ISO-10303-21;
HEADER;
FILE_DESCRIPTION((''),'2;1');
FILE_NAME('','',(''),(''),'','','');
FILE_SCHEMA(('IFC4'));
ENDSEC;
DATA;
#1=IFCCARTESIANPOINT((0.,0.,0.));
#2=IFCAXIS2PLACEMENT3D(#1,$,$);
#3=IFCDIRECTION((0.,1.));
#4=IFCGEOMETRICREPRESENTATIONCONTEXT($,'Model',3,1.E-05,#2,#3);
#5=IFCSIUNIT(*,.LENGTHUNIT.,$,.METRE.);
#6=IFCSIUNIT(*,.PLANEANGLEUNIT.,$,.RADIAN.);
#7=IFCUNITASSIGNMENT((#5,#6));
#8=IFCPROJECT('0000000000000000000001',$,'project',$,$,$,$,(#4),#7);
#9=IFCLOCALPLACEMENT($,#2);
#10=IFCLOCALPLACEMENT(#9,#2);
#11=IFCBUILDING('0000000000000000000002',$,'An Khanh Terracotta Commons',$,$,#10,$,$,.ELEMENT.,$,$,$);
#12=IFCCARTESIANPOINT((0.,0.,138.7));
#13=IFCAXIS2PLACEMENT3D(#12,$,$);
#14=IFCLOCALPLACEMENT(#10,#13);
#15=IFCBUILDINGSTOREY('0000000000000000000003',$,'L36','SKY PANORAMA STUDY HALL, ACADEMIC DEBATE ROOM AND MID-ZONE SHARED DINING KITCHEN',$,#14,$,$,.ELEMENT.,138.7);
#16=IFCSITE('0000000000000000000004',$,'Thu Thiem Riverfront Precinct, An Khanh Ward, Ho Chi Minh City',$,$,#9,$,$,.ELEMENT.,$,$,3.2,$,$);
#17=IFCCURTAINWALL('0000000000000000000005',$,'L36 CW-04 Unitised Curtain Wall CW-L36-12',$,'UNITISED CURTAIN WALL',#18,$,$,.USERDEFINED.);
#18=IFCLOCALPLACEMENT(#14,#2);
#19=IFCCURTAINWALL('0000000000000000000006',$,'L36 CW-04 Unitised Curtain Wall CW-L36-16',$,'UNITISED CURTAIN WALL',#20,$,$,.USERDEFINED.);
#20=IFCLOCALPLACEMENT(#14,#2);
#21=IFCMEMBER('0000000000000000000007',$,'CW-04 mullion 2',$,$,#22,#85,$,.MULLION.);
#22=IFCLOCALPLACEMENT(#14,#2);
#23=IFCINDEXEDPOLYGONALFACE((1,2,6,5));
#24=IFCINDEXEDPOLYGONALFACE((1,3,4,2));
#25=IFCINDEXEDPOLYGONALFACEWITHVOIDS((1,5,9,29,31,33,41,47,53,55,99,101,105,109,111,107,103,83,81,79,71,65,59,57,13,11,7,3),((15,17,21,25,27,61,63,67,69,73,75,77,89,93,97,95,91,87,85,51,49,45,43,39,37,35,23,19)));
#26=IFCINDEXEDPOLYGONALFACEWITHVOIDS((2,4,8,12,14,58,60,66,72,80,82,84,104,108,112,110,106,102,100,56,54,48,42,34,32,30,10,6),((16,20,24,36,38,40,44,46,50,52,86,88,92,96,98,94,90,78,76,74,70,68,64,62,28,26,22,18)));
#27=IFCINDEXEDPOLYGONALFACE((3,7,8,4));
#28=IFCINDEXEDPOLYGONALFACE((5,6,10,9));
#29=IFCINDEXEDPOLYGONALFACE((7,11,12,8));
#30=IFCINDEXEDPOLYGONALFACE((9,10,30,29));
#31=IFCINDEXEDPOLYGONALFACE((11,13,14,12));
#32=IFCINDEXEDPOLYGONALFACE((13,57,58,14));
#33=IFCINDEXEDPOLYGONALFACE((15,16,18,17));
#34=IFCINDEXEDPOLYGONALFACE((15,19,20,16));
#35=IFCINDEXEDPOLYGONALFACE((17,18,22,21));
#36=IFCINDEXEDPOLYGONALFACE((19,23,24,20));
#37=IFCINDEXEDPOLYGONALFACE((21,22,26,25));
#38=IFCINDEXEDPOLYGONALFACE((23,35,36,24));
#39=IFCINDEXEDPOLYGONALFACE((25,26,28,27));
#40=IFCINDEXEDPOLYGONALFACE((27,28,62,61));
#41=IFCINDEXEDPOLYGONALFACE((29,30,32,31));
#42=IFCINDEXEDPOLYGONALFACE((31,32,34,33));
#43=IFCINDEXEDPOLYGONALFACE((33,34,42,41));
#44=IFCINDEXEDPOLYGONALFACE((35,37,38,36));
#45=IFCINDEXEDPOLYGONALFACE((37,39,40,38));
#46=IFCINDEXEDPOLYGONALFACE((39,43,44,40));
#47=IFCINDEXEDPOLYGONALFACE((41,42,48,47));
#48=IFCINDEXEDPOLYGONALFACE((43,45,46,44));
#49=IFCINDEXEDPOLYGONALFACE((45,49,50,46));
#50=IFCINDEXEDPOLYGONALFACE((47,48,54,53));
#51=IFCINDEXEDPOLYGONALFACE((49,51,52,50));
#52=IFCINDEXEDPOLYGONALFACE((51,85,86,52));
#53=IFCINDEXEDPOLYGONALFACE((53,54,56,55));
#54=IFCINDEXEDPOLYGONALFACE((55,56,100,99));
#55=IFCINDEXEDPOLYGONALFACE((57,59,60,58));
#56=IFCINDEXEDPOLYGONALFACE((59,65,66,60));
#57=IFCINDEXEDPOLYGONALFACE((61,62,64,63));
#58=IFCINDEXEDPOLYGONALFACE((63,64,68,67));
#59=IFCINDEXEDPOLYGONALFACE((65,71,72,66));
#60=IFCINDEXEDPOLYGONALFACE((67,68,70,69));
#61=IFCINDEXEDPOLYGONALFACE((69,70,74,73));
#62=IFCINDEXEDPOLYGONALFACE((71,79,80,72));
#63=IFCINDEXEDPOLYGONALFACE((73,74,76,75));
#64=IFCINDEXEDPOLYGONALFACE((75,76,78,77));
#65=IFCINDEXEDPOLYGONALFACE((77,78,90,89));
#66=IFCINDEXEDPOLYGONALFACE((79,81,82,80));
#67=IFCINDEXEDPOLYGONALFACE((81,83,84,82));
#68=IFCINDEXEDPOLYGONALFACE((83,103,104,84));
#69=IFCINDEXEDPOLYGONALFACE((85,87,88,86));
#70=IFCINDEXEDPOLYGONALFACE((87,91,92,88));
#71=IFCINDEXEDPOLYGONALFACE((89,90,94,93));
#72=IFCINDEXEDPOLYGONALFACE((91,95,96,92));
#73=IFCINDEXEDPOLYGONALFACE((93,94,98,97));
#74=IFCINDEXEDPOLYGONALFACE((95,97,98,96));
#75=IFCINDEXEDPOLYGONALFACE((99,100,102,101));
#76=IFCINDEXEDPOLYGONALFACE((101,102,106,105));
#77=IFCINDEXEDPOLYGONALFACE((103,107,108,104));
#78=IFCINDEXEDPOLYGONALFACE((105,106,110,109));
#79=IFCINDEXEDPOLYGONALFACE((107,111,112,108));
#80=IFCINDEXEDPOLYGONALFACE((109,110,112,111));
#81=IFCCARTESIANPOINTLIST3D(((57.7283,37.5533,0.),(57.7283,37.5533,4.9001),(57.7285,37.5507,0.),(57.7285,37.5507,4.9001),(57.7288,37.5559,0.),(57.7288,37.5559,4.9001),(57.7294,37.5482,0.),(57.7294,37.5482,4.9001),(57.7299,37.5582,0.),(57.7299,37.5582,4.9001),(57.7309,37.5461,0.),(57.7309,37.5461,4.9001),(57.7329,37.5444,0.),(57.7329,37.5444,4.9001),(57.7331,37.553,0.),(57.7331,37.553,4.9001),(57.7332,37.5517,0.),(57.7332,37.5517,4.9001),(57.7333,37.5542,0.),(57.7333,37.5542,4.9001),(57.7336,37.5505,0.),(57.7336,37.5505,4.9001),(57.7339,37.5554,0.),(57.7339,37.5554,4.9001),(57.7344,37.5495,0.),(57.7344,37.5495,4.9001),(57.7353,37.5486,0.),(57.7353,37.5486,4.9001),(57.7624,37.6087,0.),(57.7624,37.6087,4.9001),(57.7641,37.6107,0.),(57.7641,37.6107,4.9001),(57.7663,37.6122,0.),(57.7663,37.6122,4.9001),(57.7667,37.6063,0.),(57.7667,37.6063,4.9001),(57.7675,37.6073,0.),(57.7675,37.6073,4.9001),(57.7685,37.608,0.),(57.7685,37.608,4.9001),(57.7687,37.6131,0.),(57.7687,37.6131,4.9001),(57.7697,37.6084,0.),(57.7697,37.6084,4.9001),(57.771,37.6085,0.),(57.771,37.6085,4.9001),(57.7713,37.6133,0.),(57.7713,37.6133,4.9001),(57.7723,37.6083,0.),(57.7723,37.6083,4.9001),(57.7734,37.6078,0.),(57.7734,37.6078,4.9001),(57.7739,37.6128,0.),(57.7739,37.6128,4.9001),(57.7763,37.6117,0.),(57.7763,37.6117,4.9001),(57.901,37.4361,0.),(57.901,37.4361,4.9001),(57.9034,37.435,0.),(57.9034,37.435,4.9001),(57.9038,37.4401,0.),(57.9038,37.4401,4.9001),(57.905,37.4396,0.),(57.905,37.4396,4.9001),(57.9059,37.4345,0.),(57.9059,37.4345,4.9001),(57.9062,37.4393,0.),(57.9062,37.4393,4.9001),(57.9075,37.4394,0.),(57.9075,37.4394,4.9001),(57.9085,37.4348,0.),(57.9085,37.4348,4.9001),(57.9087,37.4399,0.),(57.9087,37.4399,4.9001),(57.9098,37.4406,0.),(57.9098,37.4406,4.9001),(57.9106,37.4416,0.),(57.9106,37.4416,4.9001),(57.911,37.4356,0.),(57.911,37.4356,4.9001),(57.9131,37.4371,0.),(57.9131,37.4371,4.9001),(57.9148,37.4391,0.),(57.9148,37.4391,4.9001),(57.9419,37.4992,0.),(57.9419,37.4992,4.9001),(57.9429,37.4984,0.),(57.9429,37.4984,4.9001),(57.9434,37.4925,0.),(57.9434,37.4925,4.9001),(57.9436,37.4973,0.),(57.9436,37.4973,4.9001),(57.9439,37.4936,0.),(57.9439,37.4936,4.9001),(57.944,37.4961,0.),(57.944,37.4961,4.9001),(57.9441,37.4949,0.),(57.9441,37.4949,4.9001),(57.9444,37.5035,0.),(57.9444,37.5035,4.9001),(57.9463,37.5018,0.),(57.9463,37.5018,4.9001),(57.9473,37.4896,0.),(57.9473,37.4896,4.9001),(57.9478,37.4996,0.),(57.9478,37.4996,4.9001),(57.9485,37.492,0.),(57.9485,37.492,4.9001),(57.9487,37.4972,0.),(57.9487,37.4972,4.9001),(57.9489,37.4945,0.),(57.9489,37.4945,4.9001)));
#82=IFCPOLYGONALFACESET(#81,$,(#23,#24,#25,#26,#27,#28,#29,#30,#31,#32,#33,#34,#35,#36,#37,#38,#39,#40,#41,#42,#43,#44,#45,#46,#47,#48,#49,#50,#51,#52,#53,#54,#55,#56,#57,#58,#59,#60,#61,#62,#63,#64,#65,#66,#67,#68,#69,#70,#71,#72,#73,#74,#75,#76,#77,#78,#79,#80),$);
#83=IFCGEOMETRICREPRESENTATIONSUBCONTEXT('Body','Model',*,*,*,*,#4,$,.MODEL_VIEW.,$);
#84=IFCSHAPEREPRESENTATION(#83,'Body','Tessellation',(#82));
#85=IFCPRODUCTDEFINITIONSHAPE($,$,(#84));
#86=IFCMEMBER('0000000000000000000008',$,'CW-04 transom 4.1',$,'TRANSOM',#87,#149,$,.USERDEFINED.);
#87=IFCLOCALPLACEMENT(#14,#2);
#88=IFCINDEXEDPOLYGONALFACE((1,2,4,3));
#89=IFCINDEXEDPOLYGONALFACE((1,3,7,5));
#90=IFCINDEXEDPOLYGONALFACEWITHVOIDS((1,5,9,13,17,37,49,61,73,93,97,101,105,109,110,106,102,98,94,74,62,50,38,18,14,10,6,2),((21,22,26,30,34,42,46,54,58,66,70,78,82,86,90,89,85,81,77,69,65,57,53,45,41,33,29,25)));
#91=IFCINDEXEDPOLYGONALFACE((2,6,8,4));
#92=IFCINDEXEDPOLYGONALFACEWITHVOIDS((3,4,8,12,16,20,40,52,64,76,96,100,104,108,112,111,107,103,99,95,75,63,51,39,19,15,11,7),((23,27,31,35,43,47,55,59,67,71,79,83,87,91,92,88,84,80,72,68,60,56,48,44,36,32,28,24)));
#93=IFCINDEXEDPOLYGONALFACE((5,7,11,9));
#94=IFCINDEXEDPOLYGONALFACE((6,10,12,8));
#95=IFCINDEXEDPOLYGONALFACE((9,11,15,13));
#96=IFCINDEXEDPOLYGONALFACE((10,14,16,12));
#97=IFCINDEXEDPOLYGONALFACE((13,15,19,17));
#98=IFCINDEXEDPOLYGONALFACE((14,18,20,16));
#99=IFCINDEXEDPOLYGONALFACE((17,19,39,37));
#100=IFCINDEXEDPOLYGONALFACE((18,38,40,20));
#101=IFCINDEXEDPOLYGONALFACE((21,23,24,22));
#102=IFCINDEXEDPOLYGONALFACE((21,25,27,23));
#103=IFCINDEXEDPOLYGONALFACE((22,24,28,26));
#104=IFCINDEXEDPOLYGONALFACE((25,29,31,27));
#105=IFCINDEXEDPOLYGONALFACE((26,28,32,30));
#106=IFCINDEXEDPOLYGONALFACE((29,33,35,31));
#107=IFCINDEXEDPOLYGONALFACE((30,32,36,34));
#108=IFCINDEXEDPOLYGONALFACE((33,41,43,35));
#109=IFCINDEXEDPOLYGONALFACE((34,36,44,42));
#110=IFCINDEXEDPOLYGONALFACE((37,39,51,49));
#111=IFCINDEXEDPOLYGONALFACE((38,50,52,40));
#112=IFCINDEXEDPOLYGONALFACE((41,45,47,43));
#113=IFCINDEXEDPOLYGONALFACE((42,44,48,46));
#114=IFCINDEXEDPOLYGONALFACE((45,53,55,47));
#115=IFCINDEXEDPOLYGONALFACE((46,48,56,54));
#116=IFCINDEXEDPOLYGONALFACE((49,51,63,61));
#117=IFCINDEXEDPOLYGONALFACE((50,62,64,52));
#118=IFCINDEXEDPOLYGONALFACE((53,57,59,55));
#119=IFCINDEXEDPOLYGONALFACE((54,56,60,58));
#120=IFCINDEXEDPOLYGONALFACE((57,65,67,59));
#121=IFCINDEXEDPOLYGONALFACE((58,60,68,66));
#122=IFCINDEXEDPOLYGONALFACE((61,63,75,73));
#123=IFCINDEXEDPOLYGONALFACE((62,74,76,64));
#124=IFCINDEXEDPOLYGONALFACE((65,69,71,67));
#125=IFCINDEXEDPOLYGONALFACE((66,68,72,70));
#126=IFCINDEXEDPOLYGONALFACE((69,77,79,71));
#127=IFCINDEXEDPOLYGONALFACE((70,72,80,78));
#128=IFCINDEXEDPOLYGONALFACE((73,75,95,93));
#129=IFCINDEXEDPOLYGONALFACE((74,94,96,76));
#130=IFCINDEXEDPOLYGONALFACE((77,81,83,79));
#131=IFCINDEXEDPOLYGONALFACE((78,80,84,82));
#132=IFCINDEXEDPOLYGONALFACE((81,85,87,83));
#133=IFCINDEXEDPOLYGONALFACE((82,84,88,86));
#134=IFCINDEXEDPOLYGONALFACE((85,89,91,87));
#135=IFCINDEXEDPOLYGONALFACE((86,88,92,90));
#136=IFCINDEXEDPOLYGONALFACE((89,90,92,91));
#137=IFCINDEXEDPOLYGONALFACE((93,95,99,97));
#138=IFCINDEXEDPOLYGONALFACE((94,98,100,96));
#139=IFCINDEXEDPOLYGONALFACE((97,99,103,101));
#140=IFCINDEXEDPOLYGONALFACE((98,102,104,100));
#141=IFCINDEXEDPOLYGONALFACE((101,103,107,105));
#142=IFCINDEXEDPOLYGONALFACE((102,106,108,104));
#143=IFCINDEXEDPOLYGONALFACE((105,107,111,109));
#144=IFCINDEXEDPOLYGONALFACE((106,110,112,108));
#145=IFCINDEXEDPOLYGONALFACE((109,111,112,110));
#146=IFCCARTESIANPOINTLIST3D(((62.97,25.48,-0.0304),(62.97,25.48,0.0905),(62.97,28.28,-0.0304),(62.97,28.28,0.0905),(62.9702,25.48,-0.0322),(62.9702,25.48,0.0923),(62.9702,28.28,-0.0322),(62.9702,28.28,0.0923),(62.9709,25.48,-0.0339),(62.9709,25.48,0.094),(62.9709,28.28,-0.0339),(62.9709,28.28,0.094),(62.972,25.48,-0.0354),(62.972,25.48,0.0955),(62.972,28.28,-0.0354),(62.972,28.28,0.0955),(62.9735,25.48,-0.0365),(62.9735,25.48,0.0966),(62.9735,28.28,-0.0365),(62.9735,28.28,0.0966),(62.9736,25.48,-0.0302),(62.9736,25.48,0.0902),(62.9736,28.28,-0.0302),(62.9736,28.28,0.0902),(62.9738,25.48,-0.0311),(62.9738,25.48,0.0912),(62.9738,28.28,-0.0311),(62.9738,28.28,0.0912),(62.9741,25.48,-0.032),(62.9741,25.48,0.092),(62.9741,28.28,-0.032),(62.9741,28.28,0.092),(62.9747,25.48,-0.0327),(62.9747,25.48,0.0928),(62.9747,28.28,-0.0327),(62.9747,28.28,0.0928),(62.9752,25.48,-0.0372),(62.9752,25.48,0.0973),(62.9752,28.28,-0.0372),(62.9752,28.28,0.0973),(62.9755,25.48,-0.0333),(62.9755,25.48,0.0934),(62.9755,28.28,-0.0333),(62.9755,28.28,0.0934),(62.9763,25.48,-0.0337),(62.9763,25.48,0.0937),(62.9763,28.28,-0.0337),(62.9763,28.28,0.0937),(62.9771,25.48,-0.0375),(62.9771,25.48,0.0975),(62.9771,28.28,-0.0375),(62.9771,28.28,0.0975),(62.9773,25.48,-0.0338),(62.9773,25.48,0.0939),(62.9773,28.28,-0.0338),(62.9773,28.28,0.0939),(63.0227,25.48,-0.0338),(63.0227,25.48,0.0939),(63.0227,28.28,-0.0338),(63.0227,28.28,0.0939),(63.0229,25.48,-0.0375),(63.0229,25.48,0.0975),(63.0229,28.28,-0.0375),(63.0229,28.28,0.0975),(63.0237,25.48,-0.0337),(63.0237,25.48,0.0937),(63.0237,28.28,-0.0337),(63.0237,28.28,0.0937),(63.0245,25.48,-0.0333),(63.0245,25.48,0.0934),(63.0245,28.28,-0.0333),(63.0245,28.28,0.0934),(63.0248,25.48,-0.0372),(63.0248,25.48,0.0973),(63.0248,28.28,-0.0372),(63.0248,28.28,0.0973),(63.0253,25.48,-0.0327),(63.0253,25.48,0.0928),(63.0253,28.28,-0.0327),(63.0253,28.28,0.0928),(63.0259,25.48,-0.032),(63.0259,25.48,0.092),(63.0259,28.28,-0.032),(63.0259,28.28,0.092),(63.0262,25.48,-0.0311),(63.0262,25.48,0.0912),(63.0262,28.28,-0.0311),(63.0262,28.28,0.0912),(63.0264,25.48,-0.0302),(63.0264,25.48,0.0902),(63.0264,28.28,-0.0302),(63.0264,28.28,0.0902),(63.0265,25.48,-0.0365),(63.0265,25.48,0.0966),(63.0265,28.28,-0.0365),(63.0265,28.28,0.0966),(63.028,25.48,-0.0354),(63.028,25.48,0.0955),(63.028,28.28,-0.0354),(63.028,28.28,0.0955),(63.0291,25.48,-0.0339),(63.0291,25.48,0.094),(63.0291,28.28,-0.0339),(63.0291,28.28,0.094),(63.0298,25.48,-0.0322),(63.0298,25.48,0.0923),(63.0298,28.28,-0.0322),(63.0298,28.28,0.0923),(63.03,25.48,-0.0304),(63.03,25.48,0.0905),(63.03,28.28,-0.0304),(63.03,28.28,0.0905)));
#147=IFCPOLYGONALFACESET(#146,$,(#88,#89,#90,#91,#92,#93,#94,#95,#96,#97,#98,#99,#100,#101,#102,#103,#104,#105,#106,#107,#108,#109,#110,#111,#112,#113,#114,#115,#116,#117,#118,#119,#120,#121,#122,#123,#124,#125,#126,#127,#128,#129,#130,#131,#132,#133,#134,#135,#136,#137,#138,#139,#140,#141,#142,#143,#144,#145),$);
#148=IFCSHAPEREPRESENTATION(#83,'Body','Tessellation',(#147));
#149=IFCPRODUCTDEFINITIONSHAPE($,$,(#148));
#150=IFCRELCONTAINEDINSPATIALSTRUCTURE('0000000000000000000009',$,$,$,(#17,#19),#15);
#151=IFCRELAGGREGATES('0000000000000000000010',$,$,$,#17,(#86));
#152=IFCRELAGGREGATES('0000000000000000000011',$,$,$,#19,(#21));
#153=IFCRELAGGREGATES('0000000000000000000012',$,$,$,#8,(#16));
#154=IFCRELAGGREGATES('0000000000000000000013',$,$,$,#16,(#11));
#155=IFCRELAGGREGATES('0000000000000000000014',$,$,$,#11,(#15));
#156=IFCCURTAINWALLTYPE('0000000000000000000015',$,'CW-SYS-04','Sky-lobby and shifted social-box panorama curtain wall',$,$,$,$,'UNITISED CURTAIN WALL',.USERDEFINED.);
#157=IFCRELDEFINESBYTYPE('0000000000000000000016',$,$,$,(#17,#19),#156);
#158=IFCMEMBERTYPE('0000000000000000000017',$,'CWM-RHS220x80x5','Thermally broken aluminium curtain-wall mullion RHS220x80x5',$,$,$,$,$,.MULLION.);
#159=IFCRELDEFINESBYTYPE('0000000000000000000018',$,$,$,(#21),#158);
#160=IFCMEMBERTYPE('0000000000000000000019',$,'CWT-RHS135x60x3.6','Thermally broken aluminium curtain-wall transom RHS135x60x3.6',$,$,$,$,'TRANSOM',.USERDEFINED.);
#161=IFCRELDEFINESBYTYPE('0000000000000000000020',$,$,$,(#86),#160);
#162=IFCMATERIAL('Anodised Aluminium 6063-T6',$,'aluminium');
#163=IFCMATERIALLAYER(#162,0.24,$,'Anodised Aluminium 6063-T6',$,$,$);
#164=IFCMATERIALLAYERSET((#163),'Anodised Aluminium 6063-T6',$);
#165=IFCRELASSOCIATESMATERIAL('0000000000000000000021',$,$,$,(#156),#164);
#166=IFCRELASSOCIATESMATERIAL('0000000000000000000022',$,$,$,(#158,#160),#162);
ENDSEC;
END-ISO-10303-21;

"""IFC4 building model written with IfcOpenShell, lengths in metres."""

from ifc_helpers import new_model, si_unit, direction, frame, origin, origin_2d, place, context, subcontext, project, spatial, hollow_rectangle, extrude, material, layer, layer_set, material_profile, profile_set, type_object, element, aggregate, save


model = new_model("IFC4")

# Units and contexts
model_context = context("Model", 3, precision=1e-05, world=origin(), true_north=direction((0.0, 1.0)))
body_context = subcontext(model_context, "Body", "Model", "MODEL_VIEW")
ifc_project = project(units=[si_unit("LENGTHUNIT", "METRE"), si_unit("PLANEANGLEUNIT", "RADIAN")], contexts=[model_context])

# Site, building, storey
site_placement = place(None, origin())
site = spatial("IfcSite", under=ifc_project, at=site_placement, Name="Thu Thiem Riverfront Precinct, An Khanh Ward, Ho Chi Minh City", CompositionType="ELEMENT", RefElevation=3.2)
building_placement = place(site_placement, origin())
building = spatial("IfcBuilding", under=site, at=building_placement, Name="An Khanh Terracotta Commons", CompositionType="ELEMENT")
storey_placement = place(building_placement, frame((0.0, 0.0, 138.7)))
storey = spatial("IfcBuildingStorey", under=building, at=storey_placement, Name="L36", Description="SKY PANORAMA STUDY HALL, ACADEMIC DEBATE ROOM AND MID-ZONE SHARED DINING KITCHEN", CompositionType="ELEMENT", Elevation=138.7)

# Curtain walls, member
ifc_material_1 = material(Name="Anodised Aluminium 6063-T6", Category="aluminium")
ifc_layer_1 = layer(ifc_material_1, 0.24, Name="Anodised Aluminium 6063-T6")
ifc_layer_set_1 = layer_set([ifc_layer_1], Name="Anodised Aluminium 6063-T6")
curtain_wall_type = type_object("IfcCurtainWallType", Name="CW-SYS-04", Description="Sky-lobby and shifted social-box panorama curtain wall", ElementType="UNITISED CURTAIN WALL", PredefinedType="USERDEFINED", material=ifc_layer_set_1)
curtain_wall_1_placement = place(storey_placement, origin())
curtain_wall_1 = element("IfcCurtainWall", 1, at=curtain_wall_1_placement, inside=storey, type_object=curtain_wall_type, Name="L36 CW-04 Unitised Curtain Wall CW-L36-12", ObjectType="UNITISED CURTAIN WALL", PredefinedType="USERDEFINED")
ifc_material_profile_1 = material_profile(ifc_material_1, hollow_rectangle(XDim=0.0801, YDim=0.22, WallThickness=0.0049, InnerFilletRadius=0.0049, OuterFilletRadius=0.01, at=origin_2d()), Name="RHS220x80x5")
ifc_profile_set_1 = profile_set([ifc_material_profile_1], Name="Anodised Aluminium 6063-T6")
member_type_1 = type_object("IfcMemberType", Name="CWM-RHS220x80x5", Description="Thermally broken aluminium curtain-wall mullion RHS220x80x5", PredefinedType="MULLION", material=ifc_profile_set_1)
curtain_wall_2_placement = place(storey_placement, origin())
curtain_wall_2 = element("IfcCurtainWall", 2, at=curtain_wall_2_placement, inside=storey, type_object=curtain_wall_type, Name="L36 CW-04 Unitised Curtain Wall CW-L36-16", ObjectType="UNITISED CURTAIN WALL", PredefinedType="USERDEFINED")
member_1_placement = place(storey_placement, frame((57.8386, 37.5239, 0.0), z_axis=(0.0, 0.0, 1.0), x_axis=(-0.541498, -0.840702, 0.0)))
member_1 = element("IfcMember", 3, at=member_1_placement, type_object=member_type_1, Name="CW-04 mullion 2", PredefinedType="MULLION", context=body_context, shape_type="SweptSolid", body=[
    extrude(hollow_rectangle(XDim=0.0801, YDim=0.22, WallThickness=0.0049, InnerFilletRadius=0.0049, OuterFilletRadius=0.01, at=origin_2d()), origin(), (0.0, 0.0, 1.0), 4.9001),
])

# Member
ifc_material_profile_2 = material_profile(ifc_material_1, hollow_rectangle(XDim=0.0601, YDim=0.135, WallThickness=0.0037, InnerFilletRadius=0.0037, OuterFilletRadius=0.0071, at=origin_2d()), Name="RHS135x60x3.6")
ifc_profile_set_2 = profile_set([ifc_material_profile_2], Name="Anodised Aluminium 6063-T6")
member_type_2 = type_object("IfcMemberType", Name="CWT-RHS135x60x3.6", Description="Thermally broken aluminium curtain-wall transom RHS135x60x3.6", ElementType="TRANSOM", PredefinedType="USERDEFINED", material=ifc_profile_set_2)
member_2_placement = place(storey_placement, frame((63.0, 25.48, 0.03), z_axis=(0.0, 1.0, 0.0), x_axis=(-1.0, 0.0, 0.0)))
member_2 = element("IfcMember", 4, at=member_2_placement, type_object=member_type_2, Name="CW-04 transom 4.1", ObjectType="TRANSOM", PredefinedType="USERDEFINED", context=body_context, shape_type="SweptSolid", body=[
    extrude(hollow_rectangle(XDim=0.0601, YDim=0.135, WallThickness=0.0037, InnerFilletRadius=0.0037, OuterFilletRadius=0.0071, at=origin_2d()), origin(), (0.0, 0.0, 1.0), 2.8),
])

aggregate(curtain_wall_1, [member_2])
aggregate(curtain_wall_2, [member_1])

save(model, "model.ifc")
